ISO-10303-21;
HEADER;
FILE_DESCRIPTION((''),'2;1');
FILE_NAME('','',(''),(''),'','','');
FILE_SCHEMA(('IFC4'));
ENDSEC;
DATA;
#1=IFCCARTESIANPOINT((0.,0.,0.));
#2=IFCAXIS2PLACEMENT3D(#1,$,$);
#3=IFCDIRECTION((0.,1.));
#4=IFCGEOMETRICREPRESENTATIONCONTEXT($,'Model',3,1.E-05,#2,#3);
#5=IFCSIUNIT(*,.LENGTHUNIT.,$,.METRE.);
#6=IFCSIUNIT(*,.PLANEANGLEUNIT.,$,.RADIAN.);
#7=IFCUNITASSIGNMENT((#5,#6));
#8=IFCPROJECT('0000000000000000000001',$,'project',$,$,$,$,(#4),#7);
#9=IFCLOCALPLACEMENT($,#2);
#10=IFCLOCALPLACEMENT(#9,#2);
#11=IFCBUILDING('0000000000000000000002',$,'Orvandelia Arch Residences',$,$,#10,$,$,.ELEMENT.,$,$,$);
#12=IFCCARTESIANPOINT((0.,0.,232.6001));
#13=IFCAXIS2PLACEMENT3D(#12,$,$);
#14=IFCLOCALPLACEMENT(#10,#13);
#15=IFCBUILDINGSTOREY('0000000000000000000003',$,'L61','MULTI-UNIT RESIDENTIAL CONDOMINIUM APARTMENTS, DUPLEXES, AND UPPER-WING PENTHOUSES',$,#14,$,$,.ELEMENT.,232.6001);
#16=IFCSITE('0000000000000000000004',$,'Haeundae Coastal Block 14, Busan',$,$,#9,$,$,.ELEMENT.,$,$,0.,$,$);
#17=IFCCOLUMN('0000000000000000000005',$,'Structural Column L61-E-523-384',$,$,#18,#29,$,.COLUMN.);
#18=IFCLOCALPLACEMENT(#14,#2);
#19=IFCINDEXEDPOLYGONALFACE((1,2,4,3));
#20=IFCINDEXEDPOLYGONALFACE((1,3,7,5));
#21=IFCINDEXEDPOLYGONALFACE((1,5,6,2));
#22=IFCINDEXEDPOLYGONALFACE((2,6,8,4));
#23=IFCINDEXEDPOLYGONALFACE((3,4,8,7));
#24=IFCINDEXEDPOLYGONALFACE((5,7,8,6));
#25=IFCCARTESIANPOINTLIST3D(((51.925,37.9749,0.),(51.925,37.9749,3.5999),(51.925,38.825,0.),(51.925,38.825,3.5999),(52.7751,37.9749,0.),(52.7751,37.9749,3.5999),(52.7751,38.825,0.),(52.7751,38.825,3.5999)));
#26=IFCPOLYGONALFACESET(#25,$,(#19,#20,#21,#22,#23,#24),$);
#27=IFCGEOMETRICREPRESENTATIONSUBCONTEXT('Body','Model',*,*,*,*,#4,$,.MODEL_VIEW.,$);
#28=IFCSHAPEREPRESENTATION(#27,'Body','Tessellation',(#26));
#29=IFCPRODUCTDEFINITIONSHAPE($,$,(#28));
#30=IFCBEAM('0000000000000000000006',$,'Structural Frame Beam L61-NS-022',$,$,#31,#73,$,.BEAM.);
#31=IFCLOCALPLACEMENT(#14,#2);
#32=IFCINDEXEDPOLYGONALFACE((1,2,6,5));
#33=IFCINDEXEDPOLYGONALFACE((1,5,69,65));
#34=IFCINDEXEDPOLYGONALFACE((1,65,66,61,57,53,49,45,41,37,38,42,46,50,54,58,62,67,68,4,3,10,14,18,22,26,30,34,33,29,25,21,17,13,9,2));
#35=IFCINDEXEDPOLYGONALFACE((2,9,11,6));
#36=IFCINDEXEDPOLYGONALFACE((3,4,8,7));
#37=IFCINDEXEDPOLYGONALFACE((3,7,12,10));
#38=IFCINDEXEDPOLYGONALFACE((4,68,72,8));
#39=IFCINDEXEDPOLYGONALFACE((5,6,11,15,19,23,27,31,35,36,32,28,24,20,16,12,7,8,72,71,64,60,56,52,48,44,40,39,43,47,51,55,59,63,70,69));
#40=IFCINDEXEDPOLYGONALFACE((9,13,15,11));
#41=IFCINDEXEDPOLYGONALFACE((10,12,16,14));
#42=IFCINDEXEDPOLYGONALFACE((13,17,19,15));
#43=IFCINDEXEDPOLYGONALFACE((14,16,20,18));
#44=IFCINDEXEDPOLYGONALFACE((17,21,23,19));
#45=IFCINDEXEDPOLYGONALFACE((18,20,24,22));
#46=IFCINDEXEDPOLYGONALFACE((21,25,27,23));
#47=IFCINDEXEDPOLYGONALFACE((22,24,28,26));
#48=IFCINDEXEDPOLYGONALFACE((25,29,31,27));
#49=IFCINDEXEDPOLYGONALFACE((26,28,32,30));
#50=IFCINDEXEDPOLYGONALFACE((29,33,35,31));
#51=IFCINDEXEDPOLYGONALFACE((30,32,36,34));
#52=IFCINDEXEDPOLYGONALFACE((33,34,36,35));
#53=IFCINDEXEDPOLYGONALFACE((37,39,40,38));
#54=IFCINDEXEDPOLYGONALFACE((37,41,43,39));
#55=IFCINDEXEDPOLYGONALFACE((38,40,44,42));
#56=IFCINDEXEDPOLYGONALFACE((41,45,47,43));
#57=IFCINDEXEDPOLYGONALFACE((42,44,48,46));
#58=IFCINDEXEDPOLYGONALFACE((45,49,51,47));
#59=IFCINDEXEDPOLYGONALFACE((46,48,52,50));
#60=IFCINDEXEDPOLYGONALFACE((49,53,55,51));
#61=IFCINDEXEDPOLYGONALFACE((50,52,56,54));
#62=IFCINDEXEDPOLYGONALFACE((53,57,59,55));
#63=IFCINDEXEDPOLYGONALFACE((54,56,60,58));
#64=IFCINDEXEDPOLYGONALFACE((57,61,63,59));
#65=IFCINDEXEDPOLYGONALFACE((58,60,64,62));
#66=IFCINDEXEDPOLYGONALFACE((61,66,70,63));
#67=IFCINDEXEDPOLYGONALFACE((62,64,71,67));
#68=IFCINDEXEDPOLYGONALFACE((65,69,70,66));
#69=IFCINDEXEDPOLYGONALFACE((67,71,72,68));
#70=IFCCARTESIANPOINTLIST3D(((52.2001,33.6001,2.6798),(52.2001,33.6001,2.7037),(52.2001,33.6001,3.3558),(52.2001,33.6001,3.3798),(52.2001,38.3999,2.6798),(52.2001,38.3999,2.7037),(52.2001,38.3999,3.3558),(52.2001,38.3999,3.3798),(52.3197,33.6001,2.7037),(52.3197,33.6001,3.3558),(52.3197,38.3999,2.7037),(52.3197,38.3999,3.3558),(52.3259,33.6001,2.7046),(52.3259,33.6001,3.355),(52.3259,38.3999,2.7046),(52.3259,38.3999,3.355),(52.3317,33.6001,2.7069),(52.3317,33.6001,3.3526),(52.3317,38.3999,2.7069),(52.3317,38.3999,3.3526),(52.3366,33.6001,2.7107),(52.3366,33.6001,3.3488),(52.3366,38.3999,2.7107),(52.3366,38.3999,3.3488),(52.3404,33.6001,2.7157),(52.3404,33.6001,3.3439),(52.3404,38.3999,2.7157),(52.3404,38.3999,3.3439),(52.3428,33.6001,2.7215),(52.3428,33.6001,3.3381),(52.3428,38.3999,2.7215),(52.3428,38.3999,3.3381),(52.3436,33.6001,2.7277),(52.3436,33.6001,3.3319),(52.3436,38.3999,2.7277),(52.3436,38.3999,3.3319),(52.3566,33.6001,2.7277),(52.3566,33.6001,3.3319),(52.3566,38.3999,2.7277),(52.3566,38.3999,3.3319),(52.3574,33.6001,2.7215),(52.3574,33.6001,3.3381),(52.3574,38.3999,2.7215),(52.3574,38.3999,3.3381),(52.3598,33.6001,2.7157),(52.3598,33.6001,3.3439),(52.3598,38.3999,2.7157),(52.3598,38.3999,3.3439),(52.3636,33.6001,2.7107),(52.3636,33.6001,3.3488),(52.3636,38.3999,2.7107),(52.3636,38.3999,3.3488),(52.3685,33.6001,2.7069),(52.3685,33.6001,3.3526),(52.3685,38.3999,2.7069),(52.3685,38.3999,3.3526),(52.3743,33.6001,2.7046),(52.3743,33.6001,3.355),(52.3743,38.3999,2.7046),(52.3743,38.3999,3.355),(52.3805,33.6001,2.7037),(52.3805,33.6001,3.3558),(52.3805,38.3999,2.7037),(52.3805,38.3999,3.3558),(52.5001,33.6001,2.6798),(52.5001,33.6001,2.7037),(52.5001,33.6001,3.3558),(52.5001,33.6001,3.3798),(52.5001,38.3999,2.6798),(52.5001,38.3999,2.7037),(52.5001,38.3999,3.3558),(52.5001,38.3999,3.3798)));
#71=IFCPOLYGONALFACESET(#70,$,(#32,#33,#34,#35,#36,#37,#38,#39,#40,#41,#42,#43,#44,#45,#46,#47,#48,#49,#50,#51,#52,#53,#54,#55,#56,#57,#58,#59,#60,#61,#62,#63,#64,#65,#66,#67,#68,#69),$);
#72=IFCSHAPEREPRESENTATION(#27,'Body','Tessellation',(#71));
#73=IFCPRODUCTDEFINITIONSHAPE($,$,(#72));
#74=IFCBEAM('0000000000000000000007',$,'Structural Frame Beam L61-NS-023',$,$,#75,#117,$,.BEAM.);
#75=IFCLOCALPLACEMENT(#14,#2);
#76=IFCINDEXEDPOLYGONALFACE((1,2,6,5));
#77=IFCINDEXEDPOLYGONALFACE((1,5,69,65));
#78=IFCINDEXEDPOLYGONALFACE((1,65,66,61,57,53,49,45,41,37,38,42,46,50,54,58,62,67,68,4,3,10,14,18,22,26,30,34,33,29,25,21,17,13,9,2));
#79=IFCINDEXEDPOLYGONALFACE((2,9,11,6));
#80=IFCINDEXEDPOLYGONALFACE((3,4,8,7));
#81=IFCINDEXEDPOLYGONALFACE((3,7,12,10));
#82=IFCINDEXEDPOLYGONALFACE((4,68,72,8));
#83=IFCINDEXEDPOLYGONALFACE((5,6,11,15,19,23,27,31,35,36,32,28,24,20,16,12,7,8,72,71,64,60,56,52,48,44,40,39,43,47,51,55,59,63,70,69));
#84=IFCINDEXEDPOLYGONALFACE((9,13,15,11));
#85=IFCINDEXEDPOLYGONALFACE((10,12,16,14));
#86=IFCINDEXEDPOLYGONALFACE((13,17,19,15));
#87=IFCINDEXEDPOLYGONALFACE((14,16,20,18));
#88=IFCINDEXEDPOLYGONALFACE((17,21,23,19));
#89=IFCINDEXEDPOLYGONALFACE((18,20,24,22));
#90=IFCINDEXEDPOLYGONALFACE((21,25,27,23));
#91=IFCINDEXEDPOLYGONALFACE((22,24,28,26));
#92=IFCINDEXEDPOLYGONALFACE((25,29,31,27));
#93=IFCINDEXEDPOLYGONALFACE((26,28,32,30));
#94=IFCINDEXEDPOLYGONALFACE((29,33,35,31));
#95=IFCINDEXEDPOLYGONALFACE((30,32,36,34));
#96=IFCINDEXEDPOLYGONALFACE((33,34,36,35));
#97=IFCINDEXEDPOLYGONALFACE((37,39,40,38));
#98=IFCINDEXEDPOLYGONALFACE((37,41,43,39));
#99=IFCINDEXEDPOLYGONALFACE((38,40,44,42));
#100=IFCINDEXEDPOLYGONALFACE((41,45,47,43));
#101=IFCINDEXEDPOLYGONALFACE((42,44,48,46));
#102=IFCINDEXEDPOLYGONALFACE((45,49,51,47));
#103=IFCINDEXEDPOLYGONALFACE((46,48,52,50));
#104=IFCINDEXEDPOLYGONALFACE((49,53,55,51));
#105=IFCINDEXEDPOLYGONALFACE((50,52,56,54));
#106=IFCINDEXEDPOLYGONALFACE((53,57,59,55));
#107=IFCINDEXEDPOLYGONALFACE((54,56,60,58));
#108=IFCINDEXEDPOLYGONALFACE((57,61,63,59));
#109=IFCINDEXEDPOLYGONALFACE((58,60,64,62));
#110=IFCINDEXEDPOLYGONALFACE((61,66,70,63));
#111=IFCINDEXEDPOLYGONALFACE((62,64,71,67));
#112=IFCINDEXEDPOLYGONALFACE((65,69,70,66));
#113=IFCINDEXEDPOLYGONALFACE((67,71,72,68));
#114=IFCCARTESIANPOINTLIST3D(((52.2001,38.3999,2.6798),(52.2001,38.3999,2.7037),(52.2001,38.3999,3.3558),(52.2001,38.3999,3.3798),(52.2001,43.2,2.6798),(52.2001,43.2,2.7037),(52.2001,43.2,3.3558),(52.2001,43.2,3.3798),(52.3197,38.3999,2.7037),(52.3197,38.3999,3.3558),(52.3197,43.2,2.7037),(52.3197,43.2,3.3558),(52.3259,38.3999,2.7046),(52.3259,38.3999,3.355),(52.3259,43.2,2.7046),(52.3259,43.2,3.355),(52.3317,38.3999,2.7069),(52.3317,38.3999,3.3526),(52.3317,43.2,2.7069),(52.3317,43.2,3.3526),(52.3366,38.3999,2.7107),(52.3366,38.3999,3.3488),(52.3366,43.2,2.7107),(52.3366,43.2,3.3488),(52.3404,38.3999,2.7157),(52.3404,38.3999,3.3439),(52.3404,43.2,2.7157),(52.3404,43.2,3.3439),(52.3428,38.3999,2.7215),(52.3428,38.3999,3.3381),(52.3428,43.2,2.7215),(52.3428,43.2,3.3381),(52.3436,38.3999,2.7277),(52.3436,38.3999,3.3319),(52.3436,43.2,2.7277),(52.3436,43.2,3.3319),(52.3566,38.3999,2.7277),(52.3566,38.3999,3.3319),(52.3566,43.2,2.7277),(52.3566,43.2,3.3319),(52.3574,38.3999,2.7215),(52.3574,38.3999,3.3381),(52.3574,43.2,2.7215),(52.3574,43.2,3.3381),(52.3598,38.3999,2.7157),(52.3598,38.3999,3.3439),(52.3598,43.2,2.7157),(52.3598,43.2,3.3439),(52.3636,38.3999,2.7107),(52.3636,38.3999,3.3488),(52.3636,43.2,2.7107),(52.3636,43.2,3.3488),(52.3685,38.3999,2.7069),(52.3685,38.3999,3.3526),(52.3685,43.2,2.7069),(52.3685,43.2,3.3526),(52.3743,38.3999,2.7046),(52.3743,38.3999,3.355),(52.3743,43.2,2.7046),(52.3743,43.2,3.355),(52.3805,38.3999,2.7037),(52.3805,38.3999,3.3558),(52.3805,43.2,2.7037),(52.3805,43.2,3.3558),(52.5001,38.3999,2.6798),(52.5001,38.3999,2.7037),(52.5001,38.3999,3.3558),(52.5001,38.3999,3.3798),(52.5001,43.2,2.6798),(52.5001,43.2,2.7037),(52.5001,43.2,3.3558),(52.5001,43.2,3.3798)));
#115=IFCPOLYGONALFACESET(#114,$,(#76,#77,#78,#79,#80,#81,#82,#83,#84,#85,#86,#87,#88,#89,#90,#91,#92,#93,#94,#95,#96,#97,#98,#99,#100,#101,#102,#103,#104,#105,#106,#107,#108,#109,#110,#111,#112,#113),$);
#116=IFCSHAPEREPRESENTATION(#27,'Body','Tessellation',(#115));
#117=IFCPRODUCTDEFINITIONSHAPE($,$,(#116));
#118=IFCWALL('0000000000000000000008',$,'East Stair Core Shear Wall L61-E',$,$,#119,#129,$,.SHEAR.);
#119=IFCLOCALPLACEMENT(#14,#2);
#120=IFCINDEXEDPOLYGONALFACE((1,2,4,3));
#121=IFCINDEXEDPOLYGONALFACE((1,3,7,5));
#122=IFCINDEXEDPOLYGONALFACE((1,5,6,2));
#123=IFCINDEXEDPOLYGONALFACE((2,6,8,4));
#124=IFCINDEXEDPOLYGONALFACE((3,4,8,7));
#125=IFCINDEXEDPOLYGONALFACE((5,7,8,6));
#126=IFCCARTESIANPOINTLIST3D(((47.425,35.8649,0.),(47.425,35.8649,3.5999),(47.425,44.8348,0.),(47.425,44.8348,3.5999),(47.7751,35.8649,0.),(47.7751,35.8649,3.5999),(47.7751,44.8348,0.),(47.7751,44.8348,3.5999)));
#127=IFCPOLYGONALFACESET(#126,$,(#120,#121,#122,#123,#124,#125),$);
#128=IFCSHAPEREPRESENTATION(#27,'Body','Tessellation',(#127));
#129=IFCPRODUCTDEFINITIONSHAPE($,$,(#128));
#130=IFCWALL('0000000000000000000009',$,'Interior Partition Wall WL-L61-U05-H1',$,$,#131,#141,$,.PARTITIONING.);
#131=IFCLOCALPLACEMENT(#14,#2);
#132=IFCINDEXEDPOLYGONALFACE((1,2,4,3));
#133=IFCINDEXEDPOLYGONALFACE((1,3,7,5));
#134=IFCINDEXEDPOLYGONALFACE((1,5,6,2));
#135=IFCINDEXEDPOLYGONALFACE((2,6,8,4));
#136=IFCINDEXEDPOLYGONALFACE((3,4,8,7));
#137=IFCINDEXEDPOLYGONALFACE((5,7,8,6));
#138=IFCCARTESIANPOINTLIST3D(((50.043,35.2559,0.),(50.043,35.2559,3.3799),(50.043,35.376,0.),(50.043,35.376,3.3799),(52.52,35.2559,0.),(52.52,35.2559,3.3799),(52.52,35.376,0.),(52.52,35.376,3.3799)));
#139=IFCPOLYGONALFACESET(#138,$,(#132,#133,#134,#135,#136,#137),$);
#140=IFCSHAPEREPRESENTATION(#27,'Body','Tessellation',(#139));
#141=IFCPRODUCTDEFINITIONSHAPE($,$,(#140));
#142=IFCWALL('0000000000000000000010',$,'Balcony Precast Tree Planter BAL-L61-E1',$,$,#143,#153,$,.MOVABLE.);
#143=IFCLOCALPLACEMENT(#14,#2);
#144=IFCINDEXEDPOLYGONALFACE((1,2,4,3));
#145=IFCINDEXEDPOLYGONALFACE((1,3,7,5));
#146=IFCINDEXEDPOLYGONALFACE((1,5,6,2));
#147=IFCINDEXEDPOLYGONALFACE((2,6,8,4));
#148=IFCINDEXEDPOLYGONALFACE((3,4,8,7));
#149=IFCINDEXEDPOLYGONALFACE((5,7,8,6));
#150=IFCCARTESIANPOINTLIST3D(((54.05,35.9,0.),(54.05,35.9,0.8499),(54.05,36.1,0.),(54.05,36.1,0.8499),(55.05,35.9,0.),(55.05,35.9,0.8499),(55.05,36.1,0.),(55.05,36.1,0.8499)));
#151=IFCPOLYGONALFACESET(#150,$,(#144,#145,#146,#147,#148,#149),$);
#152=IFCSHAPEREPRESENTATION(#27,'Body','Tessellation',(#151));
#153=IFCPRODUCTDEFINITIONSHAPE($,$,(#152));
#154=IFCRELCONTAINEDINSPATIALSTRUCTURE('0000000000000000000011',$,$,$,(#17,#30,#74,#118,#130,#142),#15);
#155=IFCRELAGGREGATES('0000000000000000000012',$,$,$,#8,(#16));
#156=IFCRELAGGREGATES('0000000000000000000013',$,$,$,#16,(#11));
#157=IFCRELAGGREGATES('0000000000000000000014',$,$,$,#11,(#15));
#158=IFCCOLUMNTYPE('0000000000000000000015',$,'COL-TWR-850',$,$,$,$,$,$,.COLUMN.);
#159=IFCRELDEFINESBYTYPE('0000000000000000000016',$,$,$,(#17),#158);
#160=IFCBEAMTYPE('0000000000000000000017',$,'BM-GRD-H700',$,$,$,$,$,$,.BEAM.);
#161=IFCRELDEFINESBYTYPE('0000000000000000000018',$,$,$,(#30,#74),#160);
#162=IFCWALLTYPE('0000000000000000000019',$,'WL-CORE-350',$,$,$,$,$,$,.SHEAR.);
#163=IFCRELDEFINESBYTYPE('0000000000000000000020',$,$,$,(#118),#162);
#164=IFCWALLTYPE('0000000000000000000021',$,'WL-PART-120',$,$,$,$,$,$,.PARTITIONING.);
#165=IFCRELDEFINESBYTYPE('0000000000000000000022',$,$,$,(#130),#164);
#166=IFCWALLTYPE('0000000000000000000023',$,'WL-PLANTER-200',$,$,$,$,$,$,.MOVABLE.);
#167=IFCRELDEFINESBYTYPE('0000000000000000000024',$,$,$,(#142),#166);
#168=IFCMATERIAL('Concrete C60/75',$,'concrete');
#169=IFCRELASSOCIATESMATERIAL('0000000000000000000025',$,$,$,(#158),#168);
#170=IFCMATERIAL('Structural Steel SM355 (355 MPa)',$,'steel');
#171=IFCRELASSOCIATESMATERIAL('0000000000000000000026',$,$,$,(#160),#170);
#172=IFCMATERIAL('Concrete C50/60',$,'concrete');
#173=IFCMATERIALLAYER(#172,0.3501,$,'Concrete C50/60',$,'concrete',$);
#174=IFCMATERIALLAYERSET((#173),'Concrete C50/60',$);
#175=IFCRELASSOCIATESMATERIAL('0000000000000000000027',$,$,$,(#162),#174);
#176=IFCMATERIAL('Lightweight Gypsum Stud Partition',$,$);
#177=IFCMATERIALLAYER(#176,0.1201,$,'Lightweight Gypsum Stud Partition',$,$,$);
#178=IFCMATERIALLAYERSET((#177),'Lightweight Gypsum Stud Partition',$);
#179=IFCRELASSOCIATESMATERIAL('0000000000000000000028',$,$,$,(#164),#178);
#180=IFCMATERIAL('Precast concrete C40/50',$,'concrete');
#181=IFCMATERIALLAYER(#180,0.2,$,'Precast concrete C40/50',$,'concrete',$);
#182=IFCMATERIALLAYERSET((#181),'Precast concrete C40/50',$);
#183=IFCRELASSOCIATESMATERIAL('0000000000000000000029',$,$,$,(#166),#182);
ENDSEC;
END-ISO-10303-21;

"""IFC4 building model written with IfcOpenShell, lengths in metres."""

from ifc_helpers import new_model, si_unit, direction, frame, frame_2d, origin, origin_2d, place, context, subcontext, project, spatial, rectangle, i_section, extrude, material, layer, layer_set, material_profile, profile_set, type_object, element, save


model = new_model("IFC4")

# Units and contexts
model_context = context("Model", 3, precision=1e-05, world=origin(), true_north=direction((0.0, 1.0)))
body_context = subcontext(model_context, "Body", "Model", "MODEL_VIEW")
ifc_project = project(units=[si_unit("LENGTHUNIT", "METRE"), si_unit("PLANEANGLEUNIT", "RADIAN")], contexts=[model_context])

# Site, building, storey
site_placement = place(None, origin())
site = spatial("IfcSite", under=ifc_project, at=site_placement, Name="Haeundae Coastal Block 14, Busan", CompositionType="ELEMENT", RefElevation=0.0)
building_placement = place(site_placement, origin())
building = spatial("IfcBuilding", under=site, at=building_placement, Name="Orvandelia Arch Residences", CompositionType="ELEMENT")
storey_placement = place(building_placement, frame((0.0, 0.0, 232.6001)))
storey = spatial("IfcBuildingStorey", under=building, at=storey_placement, Name="L61", Description="MULTI-UNIT RESIDENTIAL CONDOMINIUM APARTMENTS, DUPLEXES, AND UPPER-WING PENTHOUSES", CompositionType="ELEMENT", Elevation=232.6001)

# Column
ifc_material_1 = material(Name="Concrete C60/75", Category="concrete")
ifc_material_profile_1 = material_profile(ifc_material_1, rectangle(XDim=0.8501, YDim=0.8501, at=origin_2d()), Name="Concrete C60/75", Category="concrete")
ifc_profile_set_1 = profile_set([ifc_material_profile_1], Name="Concrete C60/75")
column_type = type_object("IfcColumnType", Name="COL-TWR-850", PredefinedType="COLUMN", material=ifc_profile_set_1)
column_placement = place(storey_placement, frame((52.3501, 38.3999, 0.0), z_axis=(0.0, 0.0, 1.0), x_axis=(1.0, 0.0, 0.0)))
element("IfcColumn", 1, at=column_placement, inside=storey, type_object=column_type, Name="Structural Column L61-E-523-384", PredefinedType="COLUMN", context=body_context, shape_type="SweptSolid", body=[
    extrude(rectangle(XDim=0.8501, YDim=0.8501, at=origin_2d()), origin(), (0.0, 0.0, 1.0), 3.5999),
])

# Beams
ifc_material_2 = material(Name="Structural Steel SM355 (355 MPa)", Category="steel")
ifc_material_profile_2 = material_profile(ifc_material_2, i_section(OverallWidth=0.3, OverallDepth=0.7, WebThickness=0.0129, FlangeThickness=0.0239, FilletRadius=0.0239, at=origin_2d()), Name="Structural Steel SM355 (355 MPa)", Category="steel")
ifc_profile_set_2 = profile_set([ifc_material_profile_2], Name="Structural Steel SM355 (355 MPa)")
beam_type = type_object("IfcBeamType", Name="BM-GRD-H700", PredefinedType="BEAM", material=ifc_profile_set_2)
beam_1_placement = place(storey_placement, frame((52.3501, 33.6001, 3.0298), z_axis=(0.0, 1.0, 0.0), x_axis=(-1.0, 0.0, 0.0)))
element("IfcBeam", 2, at=beam_1_placement, inside=storey, type_object=beam_type, Name="Structural Frame Beam L61-NS-022", PredefinedType="BEAM", context=body_context, shape_type="SweptSolid", body=[
    extrude(i_section(OverallWidth=0.3, OverallDepth=0.7, WebThickness=0.0129, FlangeThickness=0.0239, FilletRadius=0.0239, at=origin_2d()), origin(), (0.0, 0.0, 1.0), 4.7998),
])
beam_2_placement = place(storey_placement, frame((52.3501, 38.3999, 3.0298), z_axis=(0.0, 1.0, 0.0), x_axis=(-1.0, 0.0, 0.0)))
element("IfcBeam", 3, at=beam_2_placement, inside=storey, type_object=beam_type, Name="Structural Frame Beam L61-NS-023", PredefinedType="BEAM", context=body_context, shape_type="SweptSolid", body=[
    extrude(i_section(OverallWidth=0.3, OverallDepth=0.7, WebThickness=0.0129, FlangeThickness=0.0239, FilletRadius=0.0239, at=origin_2d()), origin(), (0.0, 0.0, 1.0), 4.8),
])

# Wall
ifc_material_3 = material(Name="Concrete C50/60", Category="concrete")
ifc_layer_1 = layer(ifc_material_3, 0.3501, Name="Concrete C50/60", Category="concrete")
ifc_layer_set_1 = layer_set([ifc_layer_1], Name="Concrete C50/60")
wall_type_1 = type_object("IfcWallType", Name="WL-CORE-350", PredefinedType="SHEAR", material=ifc_layer_set_1)
wall_1_placement = place(storey_placement, frame((47.6001, 35.865, 0.0), z_axis=(0.0, 0.0, 1.0), x_axis=(0.0, 1.0, 0.0)))
element("IfcWall", 4, at=wall_1_placement, inside=storey, type_object=wall_type_1, Name="East Stair Core Shear Wall L61-E", PredefinedType="SHEAR", context=body_context, shape_type="SweptSolid", body=[
    extrude(rectangle(XDim=8.97, YDim=0.3501, at=frame_2d((4.4849, 0.0))), origin(), (0.0, 0.0, 1.0), 3.5999),
])

# Shared definitions
ifc_material_4 = material(Name="Lightweight Gypsum Stud Partition")
ifc_layer_2 = layer(ifc_material_4, 0.1201, Name="Lightweight Gypsum Stud Partition")
ifc_layer_set_2 = layer_set([ifc_layer_2], Name="Lightweight Gypsum Stud Partition")
wall_type_2 = type_object("IfcWallType", Name="WL-PART-120", PredefinedType="PARTITIONING", material=ifc_layer_set_2)

# Walls
wall_2_placement = place(storey_placement, frame((50.043, 35.3159, 0.0), z_axis=(0.0, 0.0, 1.0), x_axis=(1.0, 0.0, 0.0)))
element("IfcWall", 5, at=wall_2_placement, inside=storey, type_object=wall_type_2, Name="Interior Partition Wall WL-L61-U05-H1", PredefinedType="PARTITIONING", context=body_context, shape_type="SweptSolid", body=[
    extrude(rectangle(XDim=2.4771, YDim=0.1201, at=frame_2d((1.2385, 0.0))), origin(), (0.0, 0.0, 1.0), 3.3799),
])
ifc_material_5 = material(Name="Precast concrete C40/50", Category="concrete")
ifc_layer_3 = layer(ifc_material_5, 0.2, Name="Precast concrete C40/50", Category="concrete")
ifc_layer_set_3 = layer_set([ifc_layer_3], Name="Precast concrete C40/50")
wall_type_3 = type_object("IfcWallType", Name="WL-PLANTER-200", PredefinedType="MOVABLE", material=ifc_layer_set_3)
wall_3_placement = place(storey_placement, frame((54.05, 36.0, 0.0), z_axis=(0.0, 0.0, 1.0), x_axis=(1.0, 0.0, 0.0)))
element("IfcWall", 6, at=wall_3_placement, inside=storey, type_object=wall_type_3, Name="Balcony Precast Tree Planter BAL-L61-E1", PredefinedType="MOVABLE", context=body_context, shape_type="SweptSolid", body=[
    extrude(rectangle(XDim=1.0, YDim=0.2, at=frame_2d((0.5, 0.0))), origin(), (0.0, 0.0, 1.0), 0.8499),
])

save(model, "model.ifc")
